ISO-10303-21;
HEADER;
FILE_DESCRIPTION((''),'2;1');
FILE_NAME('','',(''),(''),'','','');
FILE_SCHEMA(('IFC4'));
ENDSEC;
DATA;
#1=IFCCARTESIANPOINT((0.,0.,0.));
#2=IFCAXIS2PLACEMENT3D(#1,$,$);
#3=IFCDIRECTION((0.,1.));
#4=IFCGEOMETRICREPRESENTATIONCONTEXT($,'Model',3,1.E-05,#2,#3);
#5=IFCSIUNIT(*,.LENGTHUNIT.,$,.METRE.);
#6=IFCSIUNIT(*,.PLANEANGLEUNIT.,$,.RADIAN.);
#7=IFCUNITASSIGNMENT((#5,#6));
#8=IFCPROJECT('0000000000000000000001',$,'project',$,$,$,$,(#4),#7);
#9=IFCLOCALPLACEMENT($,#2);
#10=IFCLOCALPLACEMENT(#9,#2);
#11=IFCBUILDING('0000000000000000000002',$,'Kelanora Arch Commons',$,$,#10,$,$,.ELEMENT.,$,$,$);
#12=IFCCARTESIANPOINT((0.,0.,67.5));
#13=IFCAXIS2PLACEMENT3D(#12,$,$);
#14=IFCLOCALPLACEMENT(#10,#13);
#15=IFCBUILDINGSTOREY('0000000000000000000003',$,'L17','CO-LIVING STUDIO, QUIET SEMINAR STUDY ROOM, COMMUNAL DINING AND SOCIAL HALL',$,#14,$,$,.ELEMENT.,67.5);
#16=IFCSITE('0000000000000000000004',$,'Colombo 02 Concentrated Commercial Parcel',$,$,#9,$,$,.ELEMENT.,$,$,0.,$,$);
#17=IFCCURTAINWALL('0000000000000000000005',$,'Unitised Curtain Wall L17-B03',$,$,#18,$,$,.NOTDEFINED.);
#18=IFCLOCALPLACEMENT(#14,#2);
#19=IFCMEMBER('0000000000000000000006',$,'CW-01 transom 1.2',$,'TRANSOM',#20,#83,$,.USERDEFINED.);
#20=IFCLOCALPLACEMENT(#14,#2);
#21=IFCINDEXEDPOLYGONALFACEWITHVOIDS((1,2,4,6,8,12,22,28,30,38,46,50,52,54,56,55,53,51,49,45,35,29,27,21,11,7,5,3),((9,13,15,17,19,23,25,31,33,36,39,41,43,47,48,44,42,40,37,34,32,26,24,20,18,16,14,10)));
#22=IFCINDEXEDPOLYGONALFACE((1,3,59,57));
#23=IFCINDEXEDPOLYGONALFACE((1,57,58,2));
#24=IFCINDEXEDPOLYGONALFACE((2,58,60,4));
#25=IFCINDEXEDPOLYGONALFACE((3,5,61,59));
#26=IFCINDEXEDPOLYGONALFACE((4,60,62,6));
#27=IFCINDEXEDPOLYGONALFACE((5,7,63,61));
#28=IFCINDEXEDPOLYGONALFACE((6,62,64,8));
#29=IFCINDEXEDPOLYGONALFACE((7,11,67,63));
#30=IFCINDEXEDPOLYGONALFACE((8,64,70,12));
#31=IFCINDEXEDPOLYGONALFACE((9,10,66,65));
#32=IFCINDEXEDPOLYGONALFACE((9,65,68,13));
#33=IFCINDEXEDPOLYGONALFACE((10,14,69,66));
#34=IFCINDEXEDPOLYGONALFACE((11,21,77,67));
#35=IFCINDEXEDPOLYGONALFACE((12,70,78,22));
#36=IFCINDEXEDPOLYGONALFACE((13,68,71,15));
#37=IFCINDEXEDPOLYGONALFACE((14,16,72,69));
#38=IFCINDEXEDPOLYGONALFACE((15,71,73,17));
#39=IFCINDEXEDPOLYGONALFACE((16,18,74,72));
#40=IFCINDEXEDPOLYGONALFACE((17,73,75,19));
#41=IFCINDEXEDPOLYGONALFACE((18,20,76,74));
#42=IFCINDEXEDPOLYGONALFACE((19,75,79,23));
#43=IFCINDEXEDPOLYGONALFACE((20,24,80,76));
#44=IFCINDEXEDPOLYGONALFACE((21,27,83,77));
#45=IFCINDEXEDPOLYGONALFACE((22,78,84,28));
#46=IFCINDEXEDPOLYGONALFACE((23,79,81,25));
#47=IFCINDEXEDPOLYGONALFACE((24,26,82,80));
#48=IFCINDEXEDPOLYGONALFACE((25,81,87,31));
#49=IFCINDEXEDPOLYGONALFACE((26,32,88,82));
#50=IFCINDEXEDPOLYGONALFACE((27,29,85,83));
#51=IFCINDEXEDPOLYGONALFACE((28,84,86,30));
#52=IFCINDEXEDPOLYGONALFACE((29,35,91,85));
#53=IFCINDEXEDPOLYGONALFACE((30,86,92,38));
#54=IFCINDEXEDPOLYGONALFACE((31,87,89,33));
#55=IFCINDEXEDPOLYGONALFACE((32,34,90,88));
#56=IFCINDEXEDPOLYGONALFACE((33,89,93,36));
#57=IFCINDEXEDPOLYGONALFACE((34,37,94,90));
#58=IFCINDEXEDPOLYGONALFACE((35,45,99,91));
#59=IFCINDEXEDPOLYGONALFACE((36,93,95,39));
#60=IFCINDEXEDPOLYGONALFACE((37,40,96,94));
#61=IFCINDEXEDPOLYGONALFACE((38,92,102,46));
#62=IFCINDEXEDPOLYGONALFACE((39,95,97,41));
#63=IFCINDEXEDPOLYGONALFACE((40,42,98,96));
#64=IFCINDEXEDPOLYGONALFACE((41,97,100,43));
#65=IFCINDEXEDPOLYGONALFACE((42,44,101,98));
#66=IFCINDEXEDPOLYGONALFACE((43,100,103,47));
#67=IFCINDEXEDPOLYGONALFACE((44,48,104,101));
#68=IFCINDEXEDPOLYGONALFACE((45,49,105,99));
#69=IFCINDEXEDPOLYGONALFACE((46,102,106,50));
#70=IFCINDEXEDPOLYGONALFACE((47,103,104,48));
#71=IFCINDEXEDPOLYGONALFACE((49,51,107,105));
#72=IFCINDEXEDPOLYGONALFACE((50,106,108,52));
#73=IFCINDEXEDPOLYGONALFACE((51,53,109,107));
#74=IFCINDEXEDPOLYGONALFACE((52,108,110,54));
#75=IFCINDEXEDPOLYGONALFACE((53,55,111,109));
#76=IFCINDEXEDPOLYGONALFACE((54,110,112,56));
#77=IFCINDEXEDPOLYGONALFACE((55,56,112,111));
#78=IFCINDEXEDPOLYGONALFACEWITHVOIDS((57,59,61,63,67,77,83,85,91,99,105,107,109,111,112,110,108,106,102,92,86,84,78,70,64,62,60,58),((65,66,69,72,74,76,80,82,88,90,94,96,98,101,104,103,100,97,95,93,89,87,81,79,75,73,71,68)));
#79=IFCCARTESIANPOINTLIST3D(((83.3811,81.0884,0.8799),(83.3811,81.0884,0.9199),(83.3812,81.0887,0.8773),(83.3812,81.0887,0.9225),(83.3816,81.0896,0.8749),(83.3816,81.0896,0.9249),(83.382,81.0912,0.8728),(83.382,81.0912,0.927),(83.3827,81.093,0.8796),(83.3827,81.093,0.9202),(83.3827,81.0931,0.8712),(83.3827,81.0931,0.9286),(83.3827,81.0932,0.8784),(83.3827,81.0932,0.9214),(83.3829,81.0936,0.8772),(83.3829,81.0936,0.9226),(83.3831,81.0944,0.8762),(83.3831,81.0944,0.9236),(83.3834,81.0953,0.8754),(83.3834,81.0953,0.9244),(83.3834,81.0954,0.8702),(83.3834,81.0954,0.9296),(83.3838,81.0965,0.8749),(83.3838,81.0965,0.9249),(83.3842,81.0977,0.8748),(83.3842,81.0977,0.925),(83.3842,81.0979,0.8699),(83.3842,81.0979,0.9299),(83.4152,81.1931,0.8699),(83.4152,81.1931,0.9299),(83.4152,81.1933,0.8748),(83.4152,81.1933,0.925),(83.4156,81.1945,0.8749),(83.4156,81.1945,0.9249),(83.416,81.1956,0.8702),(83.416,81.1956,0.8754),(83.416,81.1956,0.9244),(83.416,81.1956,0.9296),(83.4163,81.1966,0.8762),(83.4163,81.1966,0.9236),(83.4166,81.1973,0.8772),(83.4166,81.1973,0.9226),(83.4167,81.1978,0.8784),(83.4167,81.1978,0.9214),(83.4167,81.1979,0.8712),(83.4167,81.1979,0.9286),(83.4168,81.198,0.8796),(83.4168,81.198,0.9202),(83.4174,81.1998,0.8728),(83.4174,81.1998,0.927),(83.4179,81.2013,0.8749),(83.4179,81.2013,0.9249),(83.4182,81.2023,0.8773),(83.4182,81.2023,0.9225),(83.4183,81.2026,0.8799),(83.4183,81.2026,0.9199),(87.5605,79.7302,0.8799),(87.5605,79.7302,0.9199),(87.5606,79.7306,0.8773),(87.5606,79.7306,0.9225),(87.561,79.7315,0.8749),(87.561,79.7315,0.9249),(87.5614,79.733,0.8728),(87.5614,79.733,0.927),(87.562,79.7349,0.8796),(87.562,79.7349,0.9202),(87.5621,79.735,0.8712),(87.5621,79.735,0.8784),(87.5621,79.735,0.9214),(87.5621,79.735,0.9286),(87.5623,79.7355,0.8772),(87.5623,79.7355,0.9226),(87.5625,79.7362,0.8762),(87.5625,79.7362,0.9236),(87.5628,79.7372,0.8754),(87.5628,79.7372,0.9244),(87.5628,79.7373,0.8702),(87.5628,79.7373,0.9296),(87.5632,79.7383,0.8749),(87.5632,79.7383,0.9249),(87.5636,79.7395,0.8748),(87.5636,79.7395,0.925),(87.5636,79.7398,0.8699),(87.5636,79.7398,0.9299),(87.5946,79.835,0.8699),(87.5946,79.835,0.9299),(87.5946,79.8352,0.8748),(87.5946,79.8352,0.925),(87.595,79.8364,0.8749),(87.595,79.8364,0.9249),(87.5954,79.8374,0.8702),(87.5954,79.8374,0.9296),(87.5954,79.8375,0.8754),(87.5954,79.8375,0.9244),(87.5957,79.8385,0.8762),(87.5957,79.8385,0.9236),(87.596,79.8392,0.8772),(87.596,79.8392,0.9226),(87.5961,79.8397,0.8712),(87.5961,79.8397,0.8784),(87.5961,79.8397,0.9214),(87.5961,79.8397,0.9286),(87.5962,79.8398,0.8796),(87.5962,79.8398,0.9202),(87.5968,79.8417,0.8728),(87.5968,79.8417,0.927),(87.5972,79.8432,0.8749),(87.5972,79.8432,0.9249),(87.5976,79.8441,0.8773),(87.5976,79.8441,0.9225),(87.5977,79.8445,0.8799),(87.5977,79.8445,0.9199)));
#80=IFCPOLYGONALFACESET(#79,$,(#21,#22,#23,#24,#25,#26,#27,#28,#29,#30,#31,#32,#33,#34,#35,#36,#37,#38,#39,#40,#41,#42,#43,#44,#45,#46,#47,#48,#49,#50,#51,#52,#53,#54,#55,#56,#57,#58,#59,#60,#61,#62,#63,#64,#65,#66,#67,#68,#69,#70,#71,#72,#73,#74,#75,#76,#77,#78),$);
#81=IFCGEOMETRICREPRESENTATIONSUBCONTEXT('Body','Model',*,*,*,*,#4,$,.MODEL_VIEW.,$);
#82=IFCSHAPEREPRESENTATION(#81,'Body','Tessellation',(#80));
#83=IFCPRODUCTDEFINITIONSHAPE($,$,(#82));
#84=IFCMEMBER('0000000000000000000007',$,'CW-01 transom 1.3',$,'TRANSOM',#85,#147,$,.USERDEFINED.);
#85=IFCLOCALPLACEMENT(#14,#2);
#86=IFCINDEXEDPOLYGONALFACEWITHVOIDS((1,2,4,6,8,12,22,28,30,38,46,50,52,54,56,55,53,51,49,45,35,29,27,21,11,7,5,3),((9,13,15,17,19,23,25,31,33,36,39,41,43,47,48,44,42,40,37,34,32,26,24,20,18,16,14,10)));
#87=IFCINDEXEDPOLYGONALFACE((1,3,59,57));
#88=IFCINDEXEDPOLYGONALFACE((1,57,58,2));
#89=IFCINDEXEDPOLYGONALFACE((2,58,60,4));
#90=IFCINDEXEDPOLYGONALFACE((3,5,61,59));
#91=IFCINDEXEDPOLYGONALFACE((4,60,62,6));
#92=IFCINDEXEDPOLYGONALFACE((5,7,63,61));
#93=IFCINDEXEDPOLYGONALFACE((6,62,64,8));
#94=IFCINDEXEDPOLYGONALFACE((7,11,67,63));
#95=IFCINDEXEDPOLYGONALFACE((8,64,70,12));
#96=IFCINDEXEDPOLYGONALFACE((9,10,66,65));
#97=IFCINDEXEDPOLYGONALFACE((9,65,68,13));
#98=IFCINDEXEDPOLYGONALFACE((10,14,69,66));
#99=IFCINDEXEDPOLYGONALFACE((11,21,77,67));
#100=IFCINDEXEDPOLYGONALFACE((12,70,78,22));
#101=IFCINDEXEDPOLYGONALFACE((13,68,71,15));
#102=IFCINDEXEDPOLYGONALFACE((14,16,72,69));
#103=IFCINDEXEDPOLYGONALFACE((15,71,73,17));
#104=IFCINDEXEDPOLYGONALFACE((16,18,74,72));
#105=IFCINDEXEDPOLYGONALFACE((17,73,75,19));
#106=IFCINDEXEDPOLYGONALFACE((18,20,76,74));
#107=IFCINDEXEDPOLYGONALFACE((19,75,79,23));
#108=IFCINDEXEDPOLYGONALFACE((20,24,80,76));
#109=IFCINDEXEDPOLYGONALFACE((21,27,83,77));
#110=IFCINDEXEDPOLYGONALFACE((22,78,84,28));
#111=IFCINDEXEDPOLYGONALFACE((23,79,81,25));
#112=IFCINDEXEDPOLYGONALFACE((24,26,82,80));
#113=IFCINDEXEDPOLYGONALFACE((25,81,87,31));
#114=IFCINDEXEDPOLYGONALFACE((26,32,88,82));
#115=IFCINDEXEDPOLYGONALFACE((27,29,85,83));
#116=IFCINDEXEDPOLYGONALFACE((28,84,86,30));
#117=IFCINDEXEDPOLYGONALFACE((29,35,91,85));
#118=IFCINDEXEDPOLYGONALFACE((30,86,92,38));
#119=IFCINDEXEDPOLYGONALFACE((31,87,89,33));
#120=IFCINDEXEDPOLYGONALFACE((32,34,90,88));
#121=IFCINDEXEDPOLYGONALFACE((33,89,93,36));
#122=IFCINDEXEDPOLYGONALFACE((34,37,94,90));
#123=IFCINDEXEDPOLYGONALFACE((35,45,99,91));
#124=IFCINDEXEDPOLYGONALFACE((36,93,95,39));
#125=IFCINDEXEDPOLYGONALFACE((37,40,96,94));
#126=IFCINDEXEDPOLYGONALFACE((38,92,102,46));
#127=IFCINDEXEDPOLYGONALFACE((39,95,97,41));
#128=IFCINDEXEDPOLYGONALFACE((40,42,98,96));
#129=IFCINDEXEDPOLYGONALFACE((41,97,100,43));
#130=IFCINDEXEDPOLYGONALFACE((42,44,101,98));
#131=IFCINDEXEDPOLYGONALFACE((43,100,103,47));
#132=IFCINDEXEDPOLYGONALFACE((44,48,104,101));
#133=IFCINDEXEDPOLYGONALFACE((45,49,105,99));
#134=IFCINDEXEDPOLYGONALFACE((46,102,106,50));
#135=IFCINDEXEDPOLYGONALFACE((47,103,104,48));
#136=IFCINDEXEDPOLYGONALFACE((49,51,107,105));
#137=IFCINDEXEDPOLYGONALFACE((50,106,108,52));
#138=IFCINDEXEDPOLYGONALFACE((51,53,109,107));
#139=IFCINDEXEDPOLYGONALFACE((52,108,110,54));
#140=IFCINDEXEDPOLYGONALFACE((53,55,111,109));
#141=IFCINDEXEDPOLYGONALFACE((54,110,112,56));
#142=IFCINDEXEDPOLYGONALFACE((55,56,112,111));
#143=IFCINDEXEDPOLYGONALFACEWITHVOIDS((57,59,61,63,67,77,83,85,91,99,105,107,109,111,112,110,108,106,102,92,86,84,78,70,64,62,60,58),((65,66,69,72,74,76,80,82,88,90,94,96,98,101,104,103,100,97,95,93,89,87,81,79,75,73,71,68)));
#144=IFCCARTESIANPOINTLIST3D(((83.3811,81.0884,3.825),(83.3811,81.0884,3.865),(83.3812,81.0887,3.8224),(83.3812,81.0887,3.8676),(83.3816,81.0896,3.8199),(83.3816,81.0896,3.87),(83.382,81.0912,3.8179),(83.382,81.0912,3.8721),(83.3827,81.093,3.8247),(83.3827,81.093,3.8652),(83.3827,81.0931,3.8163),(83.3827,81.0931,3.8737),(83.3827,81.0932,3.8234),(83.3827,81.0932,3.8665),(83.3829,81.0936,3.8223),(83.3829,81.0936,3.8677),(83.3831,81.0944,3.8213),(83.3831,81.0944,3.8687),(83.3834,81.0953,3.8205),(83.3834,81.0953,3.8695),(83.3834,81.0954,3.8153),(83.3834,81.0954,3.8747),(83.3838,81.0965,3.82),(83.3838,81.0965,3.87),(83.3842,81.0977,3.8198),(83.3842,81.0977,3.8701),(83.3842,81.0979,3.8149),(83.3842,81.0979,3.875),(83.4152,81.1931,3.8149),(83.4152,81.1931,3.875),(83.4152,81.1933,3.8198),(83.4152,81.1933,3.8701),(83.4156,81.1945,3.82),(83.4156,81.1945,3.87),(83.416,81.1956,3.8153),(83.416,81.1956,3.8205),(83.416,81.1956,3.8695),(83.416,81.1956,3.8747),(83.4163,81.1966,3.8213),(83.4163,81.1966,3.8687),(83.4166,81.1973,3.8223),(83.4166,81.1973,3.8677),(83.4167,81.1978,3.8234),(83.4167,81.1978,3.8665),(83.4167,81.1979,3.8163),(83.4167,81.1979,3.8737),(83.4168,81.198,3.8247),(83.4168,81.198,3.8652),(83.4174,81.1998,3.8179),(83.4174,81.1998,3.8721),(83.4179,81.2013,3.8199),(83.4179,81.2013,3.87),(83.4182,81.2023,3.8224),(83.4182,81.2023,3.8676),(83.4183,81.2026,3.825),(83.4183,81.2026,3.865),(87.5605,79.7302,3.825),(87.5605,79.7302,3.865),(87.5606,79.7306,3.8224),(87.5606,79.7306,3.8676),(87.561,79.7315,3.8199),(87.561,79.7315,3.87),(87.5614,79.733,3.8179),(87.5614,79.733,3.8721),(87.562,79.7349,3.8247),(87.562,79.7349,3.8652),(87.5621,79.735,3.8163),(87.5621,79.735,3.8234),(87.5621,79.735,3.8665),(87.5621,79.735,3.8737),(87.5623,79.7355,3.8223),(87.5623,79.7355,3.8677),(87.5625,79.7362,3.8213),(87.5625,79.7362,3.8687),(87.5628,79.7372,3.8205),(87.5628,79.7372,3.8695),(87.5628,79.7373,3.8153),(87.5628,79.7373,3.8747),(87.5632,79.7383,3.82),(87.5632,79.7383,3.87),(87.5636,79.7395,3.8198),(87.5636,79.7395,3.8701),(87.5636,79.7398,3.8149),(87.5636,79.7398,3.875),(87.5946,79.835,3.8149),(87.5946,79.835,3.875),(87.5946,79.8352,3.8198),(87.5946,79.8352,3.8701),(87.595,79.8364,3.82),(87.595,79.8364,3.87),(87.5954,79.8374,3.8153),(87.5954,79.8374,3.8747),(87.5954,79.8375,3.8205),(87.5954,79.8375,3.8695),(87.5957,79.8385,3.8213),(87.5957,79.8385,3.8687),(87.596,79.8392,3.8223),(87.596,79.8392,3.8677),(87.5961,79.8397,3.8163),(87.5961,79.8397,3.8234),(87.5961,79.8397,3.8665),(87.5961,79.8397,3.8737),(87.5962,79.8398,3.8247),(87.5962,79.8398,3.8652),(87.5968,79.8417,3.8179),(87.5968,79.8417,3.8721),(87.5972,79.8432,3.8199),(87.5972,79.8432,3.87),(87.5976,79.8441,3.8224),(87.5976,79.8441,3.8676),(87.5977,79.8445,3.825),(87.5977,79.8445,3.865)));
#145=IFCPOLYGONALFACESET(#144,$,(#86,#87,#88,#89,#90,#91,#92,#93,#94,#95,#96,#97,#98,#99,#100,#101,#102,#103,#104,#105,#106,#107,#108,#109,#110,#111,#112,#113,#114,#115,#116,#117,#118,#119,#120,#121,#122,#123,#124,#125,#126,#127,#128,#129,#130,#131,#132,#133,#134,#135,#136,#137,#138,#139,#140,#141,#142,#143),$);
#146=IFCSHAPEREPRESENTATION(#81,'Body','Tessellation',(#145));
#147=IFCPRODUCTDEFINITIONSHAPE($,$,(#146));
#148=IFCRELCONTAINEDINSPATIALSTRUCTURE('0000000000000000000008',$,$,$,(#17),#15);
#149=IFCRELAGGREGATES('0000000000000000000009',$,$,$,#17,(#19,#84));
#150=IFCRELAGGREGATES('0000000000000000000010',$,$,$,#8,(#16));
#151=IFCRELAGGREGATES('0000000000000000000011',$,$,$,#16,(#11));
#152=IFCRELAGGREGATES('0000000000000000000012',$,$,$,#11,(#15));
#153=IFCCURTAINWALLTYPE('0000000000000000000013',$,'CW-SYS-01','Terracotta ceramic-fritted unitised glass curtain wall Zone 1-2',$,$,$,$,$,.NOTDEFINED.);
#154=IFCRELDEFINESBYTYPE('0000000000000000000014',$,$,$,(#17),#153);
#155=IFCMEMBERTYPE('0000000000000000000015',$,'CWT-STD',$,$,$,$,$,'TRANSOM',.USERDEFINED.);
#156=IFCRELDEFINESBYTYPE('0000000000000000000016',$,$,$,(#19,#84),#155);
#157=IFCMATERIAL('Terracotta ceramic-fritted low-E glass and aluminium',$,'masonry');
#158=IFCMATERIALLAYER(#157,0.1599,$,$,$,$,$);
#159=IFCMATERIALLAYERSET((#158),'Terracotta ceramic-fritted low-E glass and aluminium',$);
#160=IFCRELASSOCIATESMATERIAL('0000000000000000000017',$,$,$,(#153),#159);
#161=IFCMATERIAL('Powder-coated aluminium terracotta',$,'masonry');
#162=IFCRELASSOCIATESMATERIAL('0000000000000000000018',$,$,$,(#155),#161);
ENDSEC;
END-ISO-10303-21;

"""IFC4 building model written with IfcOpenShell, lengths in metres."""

from ifc_helpers import new_model, si_unit, direction, frame, origin, origin_2d, place, context, subcontext, project, spatial, hollow_rectangle, extrude, material, layer, layer_set, material_profile, profile_set, type_object, element, aggregate, save


model = new_model("IFC4")

# Units and contexts
model_context = context("Model", 3, precision=1e-05, world=origin(), true_north=direction((0.0, 1.0)))
body_context = subcontext(model_context, "Body", "Model", "MODEL_VIEW")
ifc_project = project(units=[si_unit("LENGTHUNIT", "METRE"), si_unit("PLANEANGLEUNIT", "RADIAN")], contexts=[model_context])

# Site, building, storey
site_placement = place(None, origin())
site = spatial("IfcSite", under=ifc_project, at=site_placement, Name="Colombo 02 Concentrated Commercial Parcel", CompositionType="ELEMENT", RefElevation=0.0)
building_placement = place(site_placement, origin())
building = spatial("IfcBuilding", under=site, at=building_placement, Name="Kelanora Arch Commons", CompositionType="ELEMENT")
storey_placement = place(building_placement, frame((0.0, 0.0, 67.5)))
storey = spatial("IfcBuildingStorey", under=building, at=storey_placement, Name="L17", Description="CO-LIVING STUDIO, QUIET SEMINAR STUDY ROOM, COMMUNAL DINING AND SOCIAL HALL", CompositionType="ELEMENT", Elevation=67.5)

# Curtain wall, members
ifc_material_1 = material(Name="Terracotta ceramic-fritted low-E glass and aluminium", Category="masonry")
ifc_layer_1 = layer(ifc_material_1, 0.1599)
ifc_layer_set_1 = layer_set([ifc_layer_1], Name="Terracotta ceramic-fritted low-E glass and aluminium")
curtain_wall_type = type_object("IfcCurtainWallType", Name="CW-SYS-01", Description="Terracotta ceramic-fritted unitised glass curtain wall Zone 1-2", PredefinedType="NOTDEFINED", material=ifc_layer_set_1)
curtain_wall_placement = place(storey_placement, origin())
curtain_wall = element("IfcCurtainWall", 1, at=curtain_wall_placement, inside=storey, type_object=curtain_wall_type, Name="Unitised Curtain Wall L17-B03", PredefinedType="NOTDEFINED")
ifc_material_2 = material(Name="Powder-coated aluminium terracotta", Category="masonry")
ifc_material_profile_1 = material_profile(ifc_material_2, hollow_rectangle(XDim=0.1201, YDim=0.0601, WallThickness=0.0049, InnerFilletRadius=0.0049, OuterFilletRadius=0.01, at=origin_2d()), Name="CWT120x60")
ifc_profile_set_1 = profile_set([ifc_material_profile_1], Name="Powder-coated aluminium terracotta")
member_type_1 = type_object("IfcMemberType", Name="CWT-STD", ElementType="TRANSOM", PredefinedType="USERDEFINED", material=ifc_profile_set_1)
member_1_placement = place(storey_placement, frame((87.5791, 79.7874, 0.8999), z_axis=(-0.951045, 0.309052, 0.0), x_axis=(-0.309052, -0.951045, 0.0)))
member_1 = element("IfcMember", 2, at=member_1_placement, type_object=member_type_1, Name="CW-01 transom 1.2", ObjectType="TRANSOM", PredefinedType="USERDEFINED", context=body_context, shape_type="SweptSolid", body=[
    extrude(hollow_rectangle(XDim=0.1201, YDim=0.0601, WallThickness=0.0049, InnerFilletRadius=0.0049, OuterFilletRadius=0.01, at=origin_2d()), origin(), (0.0, 0.0, 1.0), 4.3945),
])
member_2_placement = place(storey_placement, frame((87.5791, 79.7874, 3.845), z_axis=(-0.951045, 0.309052, 0.0), x_axis=(-0.309052, -0.951045, 0.0)))
member_2 = element("IfcMember", 3, at=member_2_placement, type_object=member_type_1, Name="CW-01 transom 1.3", ObjectType="TRANSOM", PredefinedType="USERDEFINED", context=body_context, shape_type="SweptSolid", body=[
    extrude(hollow_rectangle(XDim=0.1201, YDim=0.0601, WallThickness=0.0049, InnerFilletRadius=0.0049, OuterFilletRadius=0.01, at=origin_2d()), origin(), (0.0, 0.0, 1.0), 4.3945),
])
aggregate(curtain_wall, [member_1, member_2])

save(model, "model.ifc")
